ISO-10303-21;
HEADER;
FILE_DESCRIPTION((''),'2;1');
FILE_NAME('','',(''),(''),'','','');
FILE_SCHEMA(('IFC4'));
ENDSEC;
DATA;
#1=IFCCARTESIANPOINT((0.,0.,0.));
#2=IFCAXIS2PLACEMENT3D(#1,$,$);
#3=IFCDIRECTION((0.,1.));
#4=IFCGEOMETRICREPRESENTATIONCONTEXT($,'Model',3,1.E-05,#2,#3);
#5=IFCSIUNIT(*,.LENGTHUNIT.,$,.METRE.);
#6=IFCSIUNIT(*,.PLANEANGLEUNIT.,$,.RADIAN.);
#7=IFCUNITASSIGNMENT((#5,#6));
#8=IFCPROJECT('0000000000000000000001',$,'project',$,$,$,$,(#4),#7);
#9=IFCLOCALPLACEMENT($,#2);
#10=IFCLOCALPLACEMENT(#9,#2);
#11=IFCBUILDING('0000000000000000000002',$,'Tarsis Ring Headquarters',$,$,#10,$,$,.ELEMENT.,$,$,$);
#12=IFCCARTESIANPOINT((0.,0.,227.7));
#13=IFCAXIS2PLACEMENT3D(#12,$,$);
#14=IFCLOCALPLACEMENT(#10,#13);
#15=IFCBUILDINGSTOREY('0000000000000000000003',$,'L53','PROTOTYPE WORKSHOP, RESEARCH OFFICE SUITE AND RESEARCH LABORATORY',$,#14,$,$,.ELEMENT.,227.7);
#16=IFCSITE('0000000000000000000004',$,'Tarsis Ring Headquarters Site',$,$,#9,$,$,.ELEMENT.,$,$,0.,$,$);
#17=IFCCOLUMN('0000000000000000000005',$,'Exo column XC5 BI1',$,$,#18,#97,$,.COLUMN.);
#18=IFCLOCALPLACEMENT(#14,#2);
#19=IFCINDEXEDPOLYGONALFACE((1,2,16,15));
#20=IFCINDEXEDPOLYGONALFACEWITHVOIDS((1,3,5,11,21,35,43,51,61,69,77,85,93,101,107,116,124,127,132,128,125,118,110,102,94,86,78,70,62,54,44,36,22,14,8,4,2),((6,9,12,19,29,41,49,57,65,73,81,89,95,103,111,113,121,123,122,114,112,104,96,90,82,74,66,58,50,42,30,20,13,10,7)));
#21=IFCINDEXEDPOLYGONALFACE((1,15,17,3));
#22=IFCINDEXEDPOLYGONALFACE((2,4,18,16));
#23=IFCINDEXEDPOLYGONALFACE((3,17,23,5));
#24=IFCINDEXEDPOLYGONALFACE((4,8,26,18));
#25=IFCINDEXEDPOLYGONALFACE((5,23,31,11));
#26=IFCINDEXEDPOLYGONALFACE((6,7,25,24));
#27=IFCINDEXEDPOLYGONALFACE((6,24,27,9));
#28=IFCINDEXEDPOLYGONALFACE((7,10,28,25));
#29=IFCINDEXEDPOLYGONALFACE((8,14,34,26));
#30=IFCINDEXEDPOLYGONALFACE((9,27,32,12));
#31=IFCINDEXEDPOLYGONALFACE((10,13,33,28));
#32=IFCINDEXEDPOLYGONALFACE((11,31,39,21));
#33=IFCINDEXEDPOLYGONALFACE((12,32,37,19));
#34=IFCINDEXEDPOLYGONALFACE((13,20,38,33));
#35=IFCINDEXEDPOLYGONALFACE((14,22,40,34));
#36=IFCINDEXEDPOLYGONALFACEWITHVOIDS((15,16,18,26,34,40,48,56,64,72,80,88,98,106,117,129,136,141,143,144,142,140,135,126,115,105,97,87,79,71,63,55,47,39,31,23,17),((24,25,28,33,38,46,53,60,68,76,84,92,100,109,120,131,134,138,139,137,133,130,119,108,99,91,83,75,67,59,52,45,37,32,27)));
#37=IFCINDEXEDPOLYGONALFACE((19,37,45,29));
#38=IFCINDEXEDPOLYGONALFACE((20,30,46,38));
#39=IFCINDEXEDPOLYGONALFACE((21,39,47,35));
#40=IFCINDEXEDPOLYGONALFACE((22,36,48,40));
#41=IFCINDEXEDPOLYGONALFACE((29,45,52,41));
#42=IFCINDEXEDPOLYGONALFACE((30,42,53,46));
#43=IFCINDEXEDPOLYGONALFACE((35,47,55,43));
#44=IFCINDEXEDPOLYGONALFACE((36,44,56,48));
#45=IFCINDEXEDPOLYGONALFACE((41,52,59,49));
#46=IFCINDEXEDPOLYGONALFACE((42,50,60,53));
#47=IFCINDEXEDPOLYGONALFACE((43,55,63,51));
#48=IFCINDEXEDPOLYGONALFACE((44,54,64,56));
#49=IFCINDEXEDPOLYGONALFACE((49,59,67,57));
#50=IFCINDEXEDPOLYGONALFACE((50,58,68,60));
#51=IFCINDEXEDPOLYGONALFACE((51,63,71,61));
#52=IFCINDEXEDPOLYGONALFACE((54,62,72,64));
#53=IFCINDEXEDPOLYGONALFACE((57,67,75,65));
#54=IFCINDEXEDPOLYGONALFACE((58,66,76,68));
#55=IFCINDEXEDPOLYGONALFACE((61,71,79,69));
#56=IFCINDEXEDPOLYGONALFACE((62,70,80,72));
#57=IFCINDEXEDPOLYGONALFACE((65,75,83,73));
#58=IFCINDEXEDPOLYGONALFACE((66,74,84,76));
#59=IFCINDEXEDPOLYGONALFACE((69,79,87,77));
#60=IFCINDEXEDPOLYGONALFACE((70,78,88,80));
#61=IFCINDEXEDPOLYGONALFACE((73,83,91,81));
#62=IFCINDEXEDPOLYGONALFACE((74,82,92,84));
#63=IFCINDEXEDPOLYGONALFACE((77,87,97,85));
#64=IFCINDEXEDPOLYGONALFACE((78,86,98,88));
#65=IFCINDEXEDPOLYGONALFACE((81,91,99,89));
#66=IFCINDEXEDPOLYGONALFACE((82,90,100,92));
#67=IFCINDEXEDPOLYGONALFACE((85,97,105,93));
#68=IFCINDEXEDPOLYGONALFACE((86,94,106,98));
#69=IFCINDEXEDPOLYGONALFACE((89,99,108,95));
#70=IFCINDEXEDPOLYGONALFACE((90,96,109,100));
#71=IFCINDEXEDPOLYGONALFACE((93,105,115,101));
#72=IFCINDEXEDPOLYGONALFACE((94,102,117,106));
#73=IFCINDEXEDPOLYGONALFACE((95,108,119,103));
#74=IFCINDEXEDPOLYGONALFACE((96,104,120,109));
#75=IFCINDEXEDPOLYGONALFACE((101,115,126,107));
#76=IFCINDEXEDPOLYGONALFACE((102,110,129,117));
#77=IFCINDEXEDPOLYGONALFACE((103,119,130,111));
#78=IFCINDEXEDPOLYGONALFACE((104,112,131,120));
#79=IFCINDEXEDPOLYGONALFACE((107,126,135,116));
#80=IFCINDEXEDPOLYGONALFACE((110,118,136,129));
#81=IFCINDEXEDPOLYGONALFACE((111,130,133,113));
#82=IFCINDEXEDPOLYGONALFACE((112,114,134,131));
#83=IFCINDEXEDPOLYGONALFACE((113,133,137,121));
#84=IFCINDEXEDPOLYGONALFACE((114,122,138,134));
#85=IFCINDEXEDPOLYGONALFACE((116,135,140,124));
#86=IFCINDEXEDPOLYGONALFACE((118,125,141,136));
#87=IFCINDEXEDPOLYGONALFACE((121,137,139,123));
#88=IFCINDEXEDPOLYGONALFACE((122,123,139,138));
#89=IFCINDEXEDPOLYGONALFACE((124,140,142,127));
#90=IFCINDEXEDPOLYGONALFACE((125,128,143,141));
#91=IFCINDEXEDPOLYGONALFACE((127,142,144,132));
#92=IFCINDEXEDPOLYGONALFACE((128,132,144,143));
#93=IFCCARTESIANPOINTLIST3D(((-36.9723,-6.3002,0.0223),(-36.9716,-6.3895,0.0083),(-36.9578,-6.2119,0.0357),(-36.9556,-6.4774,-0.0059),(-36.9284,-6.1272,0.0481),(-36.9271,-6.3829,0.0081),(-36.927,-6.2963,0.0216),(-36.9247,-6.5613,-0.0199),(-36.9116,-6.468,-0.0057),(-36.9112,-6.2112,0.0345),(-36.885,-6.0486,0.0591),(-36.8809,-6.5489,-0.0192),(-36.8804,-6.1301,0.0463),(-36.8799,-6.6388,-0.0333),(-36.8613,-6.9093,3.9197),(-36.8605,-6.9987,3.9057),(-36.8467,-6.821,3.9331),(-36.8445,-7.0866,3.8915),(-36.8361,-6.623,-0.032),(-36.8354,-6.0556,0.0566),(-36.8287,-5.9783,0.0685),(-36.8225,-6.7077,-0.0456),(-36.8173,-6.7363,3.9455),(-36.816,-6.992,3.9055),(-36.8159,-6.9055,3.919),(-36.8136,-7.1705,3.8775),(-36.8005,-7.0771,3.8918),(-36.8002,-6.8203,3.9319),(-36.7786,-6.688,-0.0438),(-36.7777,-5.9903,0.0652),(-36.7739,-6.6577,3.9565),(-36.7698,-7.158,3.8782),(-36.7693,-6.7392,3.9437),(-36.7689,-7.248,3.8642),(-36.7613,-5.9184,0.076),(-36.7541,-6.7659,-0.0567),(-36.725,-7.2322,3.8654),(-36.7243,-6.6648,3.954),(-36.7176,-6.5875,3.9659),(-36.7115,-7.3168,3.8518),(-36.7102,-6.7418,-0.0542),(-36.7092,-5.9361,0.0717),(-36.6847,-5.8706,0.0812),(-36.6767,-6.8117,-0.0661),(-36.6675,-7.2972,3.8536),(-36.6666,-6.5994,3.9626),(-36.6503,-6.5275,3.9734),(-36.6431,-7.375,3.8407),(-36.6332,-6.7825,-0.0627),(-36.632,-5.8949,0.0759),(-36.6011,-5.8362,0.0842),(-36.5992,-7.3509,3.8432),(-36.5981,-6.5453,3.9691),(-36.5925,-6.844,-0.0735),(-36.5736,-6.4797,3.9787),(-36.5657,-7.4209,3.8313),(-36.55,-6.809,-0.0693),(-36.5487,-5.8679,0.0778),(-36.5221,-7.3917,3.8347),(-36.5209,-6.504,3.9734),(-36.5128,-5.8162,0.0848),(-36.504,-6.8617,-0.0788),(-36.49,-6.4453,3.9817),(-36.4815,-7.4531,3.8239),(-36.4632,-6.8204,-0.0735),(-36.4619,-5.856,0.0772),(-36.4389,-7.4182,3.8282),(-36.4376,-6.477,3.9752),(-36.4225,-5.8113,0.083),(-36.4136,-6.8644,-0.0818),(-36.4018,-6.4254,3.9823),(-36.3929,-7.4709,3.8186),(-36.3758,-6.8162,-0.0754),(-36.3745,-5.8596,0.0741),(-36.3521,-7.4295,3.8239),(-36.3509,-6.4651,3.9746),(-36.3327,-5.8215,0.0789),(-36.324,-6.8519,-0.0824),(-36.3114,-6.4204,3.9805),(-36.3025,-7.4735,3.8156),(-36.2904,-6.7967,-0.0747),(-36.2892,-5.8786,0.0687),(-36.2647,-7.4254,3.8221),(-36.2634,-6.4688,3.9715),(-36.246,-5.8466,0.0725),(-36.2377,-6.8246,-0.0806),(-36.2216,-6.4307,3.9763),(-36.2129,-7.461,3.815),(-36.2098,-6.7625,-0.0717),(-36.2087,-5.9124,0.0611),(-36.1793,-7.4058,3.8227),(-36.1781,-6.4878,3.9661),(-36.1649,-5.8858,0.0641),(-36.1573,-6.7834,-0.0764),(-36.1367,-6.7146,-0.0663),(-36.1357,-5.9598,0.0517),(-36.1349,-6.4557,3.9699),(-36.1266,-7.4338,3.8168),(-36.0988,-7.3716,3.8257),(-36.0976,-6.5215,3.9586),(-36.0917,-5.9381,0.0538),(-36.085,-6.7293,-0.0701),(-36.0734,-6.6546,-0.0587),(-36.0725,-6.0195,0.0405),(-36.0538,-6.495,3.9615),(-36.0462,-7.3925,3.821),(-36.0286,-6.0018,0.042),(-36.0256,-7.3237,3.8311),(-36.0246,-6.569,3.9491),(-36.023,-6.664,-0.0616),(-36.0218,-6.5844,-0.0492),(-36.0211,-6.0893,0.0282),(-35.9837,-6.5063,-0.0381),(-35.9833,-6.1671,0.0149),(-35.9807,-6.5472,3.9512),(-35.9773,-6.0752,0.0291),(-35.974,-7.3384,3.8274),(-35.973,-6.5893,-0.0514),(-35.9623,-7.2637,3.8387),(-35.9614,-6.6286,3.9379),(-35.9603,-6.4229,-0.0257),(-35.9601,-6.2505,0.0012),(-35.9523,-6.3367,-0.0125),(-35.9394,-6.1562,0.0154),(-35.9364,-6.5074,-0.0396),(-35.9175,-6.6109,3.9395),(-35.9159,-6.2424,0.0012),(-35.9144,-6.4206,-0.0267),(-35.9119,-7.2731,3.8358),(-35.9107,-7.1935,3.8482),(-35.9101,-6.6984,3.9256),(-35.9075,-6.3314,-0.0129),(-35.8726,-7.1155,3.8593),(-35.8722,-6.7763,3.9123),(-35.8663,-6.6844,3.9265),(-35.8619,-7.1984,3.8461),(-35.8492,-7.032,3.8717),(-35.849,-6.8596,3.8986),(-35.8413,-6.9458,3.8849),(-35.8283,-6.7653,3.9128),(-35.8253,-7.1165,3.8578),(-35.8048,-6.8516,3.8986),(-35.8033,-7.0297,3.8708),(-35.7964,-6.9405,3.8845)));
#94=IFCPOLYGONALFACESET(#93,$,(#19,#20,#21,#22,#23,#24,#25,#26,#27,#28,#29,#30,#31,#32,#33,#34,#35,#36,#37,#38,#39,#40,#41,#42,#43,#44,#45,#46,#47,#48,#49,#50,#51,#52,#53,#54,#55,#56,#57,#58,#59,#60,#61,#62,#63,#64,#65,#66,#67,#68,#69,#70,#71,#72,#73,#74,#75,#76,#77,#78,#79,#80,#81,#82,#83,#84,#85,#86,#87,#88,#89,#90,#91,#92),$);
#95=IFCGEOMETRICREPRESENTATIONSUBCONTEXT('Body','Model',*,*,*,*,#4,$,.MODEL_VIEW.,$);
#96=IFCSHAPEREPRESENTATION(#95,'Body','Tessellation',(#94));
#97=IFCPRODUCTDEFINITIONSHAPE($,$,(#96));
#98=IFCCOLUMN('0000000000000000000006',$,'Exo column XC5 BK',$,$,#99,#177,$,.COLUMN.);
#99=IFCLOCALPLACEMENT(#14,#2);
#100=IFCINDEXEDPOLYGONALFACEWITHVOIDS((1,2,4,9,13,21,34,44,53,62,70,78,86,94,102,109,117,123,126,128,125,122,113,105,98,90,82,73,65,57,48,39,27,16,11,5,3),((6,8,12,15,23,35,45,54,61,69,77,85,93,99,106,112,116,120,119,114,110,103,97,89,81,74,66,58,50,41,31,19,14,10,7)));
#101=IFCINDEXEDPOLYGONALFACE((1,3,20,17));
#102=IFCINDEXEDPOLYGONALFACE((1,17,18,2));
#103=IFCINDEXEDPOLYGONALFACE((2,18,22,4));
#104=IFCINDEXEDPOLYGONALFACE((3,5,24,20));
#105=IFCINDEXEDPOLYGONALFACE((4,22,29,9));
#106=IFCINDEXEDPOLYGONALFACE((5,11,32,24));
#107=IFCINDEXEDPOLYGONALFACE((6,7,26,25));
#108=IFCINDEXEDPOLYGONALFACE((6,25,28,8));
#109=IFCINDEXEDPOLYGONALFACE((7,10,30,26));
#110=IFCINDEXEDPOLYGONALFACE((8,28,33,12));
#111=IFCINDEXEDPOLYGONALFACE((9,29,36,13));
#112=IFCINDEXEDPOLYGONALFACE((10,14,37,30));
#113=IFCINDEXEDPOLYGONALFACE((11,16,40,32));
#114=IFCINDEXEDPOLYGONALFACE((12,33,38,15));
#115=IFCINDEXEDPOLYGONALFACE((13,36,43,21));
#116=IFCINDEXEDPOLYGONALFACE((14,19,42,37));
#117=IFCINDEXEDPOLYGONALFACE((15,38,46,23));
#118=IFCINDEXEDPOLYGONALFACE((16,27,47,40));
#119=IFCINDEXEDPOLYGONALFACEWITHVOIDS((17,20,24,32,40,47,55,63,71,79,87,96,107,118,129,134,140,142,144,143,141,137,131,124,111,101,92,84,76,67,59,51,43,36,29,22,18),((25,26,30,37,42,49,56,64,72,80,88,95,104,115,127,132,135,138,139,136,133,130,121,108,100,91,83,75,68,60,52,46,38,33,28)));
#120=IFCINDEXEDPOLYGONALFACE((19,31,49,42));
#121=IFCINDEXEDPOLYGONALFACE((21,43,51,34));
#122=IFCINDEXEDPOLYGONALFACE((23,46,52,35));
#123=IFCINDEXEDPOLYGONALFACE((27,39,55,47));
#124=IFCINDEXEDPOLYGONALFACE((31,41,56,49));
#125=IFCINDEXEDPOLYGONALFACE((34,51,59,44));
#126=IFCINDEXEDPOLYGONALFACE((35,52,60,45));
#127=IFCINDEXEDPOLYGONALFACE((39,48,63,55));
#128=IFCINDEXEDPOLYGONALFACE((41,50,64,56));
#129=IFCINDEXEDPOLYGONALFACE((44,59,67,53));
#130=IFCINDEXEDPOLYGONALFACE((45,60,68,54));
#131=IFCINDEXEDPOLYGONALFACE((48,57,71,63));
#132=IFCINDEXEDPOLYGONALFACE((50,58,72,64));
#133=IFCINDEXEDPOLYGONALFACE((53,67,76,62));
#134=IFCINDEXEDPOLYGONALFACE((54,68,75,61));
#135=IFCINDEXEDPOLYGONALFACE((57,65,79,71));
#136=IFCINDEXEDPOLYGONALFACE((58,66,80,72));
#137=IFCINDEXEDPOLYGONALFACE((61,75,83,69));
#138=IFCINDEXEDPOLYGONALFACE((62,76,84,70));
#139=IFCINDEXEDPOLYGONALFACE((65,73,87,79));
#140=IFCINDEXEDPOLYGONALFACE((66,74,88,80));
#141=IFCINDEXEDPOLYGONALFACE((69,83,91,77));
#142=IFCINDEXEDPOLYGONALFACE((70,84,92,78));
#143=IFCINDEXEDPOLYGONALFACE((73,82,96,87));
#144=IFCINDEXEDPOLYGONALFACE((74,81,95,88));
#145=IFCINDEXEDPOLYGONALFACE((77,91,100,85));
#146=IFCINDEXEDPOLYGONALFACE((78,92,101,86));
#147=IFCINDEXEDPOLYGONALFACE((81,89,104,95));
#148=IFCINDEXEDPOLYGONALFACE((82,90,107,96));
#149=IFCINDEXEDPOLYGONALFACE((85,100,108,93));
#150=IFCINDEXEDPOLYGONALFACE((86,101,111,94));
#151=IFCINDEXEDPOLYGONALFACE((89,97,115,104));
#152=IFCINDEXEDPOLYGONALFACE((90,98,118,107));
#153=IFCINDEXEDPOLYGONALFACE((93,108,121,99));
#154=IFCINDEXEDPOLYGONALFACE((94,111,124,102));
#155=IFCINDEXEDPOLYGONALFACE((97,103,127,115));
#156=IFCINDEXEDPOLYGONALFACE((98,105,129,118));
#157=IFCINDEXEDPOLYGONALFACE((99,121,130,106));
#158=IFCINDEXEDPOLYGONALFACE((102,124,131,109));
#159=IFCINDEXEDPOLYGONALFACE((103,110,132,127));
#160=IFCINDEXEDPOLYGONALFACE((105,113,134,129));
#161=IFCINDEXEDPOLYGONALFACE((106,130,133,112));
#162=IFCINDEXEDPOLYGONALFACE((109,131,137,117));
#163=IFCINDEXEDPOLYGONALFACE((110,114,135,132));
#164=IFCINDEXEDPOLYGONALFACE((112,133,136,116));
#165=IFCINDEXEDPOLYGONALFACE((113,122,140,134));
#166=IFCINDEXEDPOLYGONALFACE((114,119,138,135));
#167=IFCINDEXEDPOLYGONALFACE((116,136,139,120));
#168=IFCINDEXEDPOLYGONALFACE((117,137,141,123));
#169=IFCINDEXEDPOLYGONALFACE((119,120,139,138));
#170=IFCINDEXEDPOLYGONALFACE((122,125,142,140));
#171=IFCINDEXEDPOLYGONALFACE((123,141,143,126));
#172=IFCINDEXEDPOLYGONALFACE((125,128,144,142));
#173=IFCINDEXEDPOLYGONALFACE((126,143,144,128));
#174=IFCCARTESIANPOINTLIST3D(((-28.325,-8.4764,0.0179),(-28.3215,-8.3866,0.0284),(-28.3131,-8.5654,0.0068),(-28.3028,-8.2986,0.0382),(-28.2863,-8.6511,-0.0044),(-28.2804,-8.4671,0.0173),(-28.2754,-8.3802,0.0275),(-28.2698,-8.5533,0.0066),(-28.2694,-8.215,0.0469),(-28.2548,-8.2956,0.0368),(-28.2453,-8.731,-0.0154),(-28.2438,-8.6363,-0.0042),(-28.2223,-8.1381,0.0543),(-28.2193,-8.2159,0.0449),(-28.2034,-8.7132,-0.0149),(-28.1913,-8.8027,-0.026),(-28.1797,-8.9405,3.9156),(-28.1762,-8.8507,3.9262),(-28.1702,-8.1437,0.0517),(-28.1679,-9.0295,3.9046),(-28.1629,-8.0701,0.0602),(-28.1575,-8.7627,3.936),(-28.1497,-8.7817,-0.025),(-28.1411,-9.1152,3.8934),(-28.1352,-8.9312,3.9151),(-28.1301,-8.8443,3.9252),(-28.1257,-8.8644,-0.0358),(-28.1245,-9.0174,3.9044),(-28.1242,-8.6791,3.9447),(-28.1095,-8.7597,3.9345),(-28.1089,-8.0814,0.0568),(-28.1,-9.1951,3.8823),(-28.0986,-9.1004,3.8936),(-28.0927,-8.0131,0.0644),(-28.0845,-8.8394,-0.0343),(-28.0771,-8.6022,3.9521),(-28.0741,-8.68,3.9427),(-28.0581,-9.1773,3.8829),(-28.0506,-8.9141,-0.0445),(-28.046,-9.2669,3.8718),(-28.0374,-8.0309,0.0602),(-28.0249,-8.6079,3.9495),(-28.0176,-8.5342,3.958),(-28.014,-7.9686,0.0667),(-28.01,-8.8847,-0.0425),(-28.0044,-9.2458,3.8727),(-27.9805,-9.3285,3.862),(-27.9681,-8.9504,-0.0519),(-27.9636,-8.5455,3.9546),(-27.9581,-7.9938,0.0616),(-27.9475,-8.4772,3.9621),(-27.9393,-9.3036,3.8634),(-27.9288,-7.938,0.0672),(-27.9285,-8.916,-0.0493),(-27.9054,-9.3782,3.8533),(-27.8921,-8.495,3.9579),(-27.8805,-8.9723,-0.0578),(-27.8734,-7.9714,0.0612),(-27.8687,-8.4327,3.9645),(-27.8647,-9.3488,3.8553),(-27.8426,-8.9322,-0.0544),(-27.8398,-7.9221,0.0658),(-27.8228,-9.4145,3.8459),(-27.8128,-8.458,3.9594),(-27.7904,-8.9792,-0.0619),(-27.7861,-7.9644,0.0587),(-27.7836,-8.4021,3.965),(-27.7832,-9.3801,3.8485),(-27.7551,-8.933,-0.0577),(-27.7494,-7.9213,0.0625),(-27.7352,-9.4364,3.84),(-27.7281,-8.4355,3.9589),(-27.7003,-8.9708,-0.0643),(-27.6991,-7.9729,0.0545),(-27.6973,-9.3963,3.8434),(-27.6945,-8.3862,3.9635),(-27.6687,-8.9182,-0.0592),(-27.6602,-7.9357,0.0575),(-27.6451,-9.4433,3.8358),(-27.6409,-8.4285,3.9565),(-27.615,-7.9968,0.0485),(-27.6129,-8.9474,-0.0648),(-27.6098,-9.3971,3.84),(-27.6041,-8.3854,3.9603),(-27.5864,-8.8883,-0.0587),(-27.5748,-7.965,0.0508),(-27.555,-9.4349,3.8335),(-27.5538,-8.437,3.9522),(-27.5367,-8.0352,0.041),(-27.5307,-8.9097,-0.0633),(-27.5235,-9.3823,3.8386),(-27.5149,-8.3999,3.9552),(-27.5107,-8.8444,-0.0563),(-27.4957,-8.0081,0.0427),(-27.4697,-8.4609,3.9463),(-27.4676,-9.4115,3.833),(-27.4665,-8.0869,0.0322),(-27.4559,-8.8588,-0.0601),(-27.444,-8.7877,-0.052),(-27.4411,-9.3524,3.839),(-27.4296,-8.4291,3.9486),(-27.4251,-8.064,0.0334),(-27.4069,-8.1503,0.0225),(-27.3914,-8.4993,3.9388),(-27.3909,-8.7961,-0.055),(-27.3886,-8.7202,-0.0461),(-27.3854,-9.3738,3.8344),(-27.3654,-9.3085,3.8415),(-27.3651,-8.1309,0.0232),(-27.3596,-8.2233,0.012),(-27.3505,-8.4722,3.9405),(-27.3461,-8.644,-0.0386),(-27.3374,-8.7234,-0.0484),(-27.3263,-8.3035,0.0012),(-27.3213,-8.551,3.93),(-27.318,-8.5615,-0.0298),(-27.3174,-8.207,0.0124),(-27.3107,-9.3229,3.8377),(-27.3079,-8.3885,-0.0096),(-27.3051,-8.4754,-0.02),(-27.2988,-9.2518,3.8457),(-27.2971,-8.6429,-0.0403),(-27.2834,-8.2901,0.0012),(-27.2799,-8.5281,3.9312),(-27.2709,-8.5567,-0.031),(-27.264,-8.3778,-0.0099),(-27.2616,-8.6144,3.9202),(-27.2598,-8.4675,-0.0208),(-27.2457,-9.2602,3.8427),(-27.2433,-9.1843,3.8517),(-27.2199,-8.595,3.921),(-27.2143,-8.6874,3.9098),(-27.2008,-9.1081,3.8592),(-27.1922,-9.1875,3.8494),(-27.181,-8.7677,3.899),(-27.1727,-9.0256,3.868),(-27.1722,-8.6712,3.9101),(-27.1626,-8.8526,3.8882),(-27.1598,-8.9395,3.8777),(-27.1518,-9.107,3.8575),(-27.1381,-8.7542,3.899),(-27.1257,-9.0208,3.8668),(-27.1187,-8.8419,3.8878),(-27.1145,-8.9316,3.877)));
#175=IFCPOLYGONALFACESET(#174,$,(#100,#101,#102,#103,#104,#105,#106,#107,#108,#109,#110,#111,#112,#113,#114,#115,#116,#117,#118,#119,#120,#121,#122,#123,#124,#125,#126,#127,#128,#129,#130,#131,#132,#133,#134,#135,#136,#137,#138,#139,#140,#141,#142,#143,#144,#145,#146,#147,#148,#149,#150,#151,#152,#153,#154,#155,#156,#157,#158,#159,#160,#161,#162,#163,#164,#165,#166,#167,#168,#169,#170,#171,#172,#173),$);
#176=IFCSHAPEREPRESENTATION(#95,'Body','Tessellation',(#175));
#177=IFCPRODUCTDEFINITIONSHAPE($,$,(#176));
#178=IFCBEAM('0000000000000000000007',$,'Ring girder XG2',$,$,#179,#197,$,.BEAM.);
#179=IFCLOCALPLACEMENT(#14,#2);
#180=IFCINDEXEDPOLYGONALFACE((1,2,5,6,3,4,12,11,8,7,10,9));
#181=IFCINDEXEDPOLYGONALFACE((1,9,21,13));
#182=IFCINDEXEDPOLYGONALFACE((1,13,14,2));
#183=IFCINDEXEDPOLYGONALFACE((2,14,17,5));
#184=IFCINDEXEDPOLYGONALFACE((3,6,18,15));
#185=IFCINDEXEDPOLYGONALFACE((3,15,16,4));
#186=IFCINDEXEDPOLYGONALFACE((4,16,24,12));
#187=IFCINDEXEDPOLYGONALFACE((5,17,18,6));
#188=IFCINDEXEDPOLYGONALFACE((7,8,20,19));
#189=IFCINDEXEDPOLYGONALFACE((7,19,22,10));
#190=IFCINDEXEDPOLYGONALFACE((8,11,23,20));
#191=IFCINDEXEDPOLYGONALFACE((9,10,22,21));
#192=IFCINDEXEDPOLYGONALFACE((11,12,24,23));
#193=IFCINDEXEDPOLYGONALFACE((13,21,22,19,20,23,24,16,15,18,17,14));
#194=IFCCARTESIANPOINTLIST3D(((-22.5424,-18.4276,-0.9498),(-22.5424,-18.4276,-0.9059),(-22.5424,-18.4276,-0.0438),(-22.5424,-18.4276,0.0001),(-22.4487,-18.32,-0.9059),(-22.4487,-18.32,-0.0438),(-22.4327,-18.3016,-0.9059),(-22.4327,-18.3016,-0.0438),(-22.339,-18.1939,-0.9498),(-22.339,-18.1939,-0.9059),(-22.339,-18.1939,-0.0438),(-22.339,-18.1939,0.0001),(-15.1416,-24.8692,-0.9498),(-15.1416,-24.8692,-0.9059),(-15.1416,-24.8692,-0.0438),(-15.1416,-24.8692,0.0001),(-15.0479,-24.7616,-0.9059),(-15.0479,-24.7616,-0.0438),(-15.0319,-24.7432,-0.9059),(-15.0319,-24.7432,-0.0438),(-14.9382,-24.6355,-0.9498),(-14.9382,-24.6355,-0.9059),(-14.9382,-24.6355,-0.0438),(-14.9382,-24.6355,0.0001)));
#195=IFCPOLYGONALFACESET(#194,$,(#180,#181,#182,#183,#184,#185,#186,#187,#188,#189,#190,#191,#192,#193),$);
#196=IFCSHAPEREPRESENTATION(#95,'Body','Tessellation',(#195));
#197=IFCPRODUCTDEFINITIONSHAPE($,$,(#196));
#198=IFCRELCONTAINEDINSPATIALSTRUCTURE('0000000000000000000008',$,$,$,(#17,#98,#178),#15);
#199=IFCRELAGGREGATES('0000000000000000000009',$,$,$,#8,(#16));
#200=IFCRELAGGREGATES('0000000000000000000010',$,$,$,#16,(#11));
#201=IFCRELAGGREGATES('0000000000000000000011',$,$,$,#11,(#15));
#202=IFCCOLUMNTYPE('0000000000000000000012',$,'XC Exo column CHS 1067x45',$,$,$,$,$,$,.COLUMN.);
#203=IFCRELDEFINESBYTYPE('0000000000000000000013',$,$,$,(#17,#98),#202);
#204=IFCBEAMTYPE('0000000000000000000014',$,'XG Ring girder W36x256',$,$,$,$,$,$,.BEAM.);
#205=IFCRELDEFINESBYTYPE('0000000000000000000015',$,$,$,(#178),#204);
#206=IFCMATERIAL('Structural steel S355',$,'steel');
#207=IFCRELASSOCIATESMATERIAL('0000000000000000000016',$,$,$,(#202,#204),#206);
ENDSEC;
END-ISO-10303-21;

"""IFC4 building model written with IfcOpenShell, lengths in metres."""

from ifc_helpers import new_model, si_unit, direction, frame, origin, origin_2d, place, context, subcontext, project, spatial, hollow_circle, i_section, extrude, material, material_profile, profile_set, type_object, element, save


model = new_model("IFC4")

# Units and contexts
model_context = context("Model", 3, precision=1e-05, world=origin(), true_north=direction((0.0, 1.0)))
body_context = subcontext(model_context, "Body", "Model", "MODEL_VIEW")
ifc_project = project(units=[si_unit("LENGTHUNIT", "METRE"), si_unit("PLANEANGLEUNIT", "RADIAN")], contexts=[model_context])

# Site, building, storey
site_placement = place(None, origin())
site = spatial("IfcSite", under=ifc_project, at=site_placement, Name="Tarsis Ring Headquarters Site", CompositionType="ELEMENT", RefElevation=0.0)
building_placement = place(site_placement, origin())
building = spatial("IfcBuilding", under=site, at=building_placement, Name="Tarsis Ring Headquarters", CompositionType="ELEMENT")
storey_placement = place(building_placement, frame((0.0, 0.0, 227.7)))
storey = spatial("IfcBuildingStorey", under=building, at=storey_placement, Name="L53", Description="PROTOTYPE WORKSHOP, RESEARCH OFFICE SUITE AND RESEARCH LABORATORY", CompositionType="ELEMENT", Elevation=227.7)

# Columns
ifc_material_1 = material(Name="Structural steel S355", Category="steel")
ifc_material_profile_1 = material_profile(ifc_material_1, hollow_circle(Radius=0.5334, WallThickness=0.0449, at=origin_2d()), Name="CHS 1067x45")
ifc_profile_set_1 = profile_set([ifc_material_profile_1], Name="Structural steel S355")
column_type = type_object("IfcColumnType", Name="XC Exo column CHS 1067x45", PredefinedType="COLUMN", material=ifc_profile_set_1)
column_1_placement = place(storey_placement, frame((-36.4407, -6.3381, 0.0012), z_axis=(0.028149, -0.154353, 0.987615), x_axis=(0.983775, 0.179406, 0.0)))
element("IfcColumn", 1, at=column_1_placement, inside=storey, type_object=column_type, Name="Exo column XC5 BI1", PredefinedType="COLUMN", context=body_context, shape_type="SweptSolid", body=[
    extrude(hollow_circle(Radius=0.5334, WallThickness=0.0449, at=origin_2d()), origin(), (0.0, 0.0, 1.0), 3.9463),
])
column_2_placement = place(storey_placement, frame((-27.7925, -8.4495, 0.0012), z_axis=(0.036982, -0.118157, 0.992306), x_axis=(0.954346, 0.298704, 0.0)))
element("IfcColumn", 2, at=column_2_placement, inside=storey, type_object=column_type, Name="Exo column XC5 BK", PredefinedType="COLUMN", context=body_context, shape_type="SweptSolid", body=[
    extrude(hollow_circle(Radius=0.5334, WallThickness=0.0449, at=origin_2d()), origin(), (0.0, 0.0, 1.0), 3.928),
])

# Beam
ifc_material_profile_2 = material_profile(ifc_material_1, i_section(OverallWidth=0.3098, OverallDepth=0.95, WebThickness=0.0244, FlangeThickness=0.0439, at=origin_2d()), Name="W36x256")
ifc_profile_set_2 = profile_set([ifc_material_profile_2], Name="Structural steel S355")
beam_type = type_object("IfcBeamType", Name="XG Ring girder W36x256", PredefinedType="BEAM", material=ifc_profile_set_2)
beam_1_placement = place(storey_placement, frame((-22.4407, -18.3108, -0.4749), z_axis=(0.754297, -0.656533, 0.0), x_axis=(0.656533, 0.754297, 0.0)))
element("IfcBeam", 3, at=beam_1_placement, inside=storey, type_object=beam_type, Name="Ring girder XG2", PredefinedType="BEAM", context=body_context, shape_type="SweptSolid", body=[
    extrude(i_section(OverallWidth=0.3098, OverallDepth=0.95, WebThickness=0.0244, FlangeThickness=0.0439, at=origin_2d()), origin(), (0.0, 0.0, 1.0), 9.8115),
])

save(model, "model.ifc")
